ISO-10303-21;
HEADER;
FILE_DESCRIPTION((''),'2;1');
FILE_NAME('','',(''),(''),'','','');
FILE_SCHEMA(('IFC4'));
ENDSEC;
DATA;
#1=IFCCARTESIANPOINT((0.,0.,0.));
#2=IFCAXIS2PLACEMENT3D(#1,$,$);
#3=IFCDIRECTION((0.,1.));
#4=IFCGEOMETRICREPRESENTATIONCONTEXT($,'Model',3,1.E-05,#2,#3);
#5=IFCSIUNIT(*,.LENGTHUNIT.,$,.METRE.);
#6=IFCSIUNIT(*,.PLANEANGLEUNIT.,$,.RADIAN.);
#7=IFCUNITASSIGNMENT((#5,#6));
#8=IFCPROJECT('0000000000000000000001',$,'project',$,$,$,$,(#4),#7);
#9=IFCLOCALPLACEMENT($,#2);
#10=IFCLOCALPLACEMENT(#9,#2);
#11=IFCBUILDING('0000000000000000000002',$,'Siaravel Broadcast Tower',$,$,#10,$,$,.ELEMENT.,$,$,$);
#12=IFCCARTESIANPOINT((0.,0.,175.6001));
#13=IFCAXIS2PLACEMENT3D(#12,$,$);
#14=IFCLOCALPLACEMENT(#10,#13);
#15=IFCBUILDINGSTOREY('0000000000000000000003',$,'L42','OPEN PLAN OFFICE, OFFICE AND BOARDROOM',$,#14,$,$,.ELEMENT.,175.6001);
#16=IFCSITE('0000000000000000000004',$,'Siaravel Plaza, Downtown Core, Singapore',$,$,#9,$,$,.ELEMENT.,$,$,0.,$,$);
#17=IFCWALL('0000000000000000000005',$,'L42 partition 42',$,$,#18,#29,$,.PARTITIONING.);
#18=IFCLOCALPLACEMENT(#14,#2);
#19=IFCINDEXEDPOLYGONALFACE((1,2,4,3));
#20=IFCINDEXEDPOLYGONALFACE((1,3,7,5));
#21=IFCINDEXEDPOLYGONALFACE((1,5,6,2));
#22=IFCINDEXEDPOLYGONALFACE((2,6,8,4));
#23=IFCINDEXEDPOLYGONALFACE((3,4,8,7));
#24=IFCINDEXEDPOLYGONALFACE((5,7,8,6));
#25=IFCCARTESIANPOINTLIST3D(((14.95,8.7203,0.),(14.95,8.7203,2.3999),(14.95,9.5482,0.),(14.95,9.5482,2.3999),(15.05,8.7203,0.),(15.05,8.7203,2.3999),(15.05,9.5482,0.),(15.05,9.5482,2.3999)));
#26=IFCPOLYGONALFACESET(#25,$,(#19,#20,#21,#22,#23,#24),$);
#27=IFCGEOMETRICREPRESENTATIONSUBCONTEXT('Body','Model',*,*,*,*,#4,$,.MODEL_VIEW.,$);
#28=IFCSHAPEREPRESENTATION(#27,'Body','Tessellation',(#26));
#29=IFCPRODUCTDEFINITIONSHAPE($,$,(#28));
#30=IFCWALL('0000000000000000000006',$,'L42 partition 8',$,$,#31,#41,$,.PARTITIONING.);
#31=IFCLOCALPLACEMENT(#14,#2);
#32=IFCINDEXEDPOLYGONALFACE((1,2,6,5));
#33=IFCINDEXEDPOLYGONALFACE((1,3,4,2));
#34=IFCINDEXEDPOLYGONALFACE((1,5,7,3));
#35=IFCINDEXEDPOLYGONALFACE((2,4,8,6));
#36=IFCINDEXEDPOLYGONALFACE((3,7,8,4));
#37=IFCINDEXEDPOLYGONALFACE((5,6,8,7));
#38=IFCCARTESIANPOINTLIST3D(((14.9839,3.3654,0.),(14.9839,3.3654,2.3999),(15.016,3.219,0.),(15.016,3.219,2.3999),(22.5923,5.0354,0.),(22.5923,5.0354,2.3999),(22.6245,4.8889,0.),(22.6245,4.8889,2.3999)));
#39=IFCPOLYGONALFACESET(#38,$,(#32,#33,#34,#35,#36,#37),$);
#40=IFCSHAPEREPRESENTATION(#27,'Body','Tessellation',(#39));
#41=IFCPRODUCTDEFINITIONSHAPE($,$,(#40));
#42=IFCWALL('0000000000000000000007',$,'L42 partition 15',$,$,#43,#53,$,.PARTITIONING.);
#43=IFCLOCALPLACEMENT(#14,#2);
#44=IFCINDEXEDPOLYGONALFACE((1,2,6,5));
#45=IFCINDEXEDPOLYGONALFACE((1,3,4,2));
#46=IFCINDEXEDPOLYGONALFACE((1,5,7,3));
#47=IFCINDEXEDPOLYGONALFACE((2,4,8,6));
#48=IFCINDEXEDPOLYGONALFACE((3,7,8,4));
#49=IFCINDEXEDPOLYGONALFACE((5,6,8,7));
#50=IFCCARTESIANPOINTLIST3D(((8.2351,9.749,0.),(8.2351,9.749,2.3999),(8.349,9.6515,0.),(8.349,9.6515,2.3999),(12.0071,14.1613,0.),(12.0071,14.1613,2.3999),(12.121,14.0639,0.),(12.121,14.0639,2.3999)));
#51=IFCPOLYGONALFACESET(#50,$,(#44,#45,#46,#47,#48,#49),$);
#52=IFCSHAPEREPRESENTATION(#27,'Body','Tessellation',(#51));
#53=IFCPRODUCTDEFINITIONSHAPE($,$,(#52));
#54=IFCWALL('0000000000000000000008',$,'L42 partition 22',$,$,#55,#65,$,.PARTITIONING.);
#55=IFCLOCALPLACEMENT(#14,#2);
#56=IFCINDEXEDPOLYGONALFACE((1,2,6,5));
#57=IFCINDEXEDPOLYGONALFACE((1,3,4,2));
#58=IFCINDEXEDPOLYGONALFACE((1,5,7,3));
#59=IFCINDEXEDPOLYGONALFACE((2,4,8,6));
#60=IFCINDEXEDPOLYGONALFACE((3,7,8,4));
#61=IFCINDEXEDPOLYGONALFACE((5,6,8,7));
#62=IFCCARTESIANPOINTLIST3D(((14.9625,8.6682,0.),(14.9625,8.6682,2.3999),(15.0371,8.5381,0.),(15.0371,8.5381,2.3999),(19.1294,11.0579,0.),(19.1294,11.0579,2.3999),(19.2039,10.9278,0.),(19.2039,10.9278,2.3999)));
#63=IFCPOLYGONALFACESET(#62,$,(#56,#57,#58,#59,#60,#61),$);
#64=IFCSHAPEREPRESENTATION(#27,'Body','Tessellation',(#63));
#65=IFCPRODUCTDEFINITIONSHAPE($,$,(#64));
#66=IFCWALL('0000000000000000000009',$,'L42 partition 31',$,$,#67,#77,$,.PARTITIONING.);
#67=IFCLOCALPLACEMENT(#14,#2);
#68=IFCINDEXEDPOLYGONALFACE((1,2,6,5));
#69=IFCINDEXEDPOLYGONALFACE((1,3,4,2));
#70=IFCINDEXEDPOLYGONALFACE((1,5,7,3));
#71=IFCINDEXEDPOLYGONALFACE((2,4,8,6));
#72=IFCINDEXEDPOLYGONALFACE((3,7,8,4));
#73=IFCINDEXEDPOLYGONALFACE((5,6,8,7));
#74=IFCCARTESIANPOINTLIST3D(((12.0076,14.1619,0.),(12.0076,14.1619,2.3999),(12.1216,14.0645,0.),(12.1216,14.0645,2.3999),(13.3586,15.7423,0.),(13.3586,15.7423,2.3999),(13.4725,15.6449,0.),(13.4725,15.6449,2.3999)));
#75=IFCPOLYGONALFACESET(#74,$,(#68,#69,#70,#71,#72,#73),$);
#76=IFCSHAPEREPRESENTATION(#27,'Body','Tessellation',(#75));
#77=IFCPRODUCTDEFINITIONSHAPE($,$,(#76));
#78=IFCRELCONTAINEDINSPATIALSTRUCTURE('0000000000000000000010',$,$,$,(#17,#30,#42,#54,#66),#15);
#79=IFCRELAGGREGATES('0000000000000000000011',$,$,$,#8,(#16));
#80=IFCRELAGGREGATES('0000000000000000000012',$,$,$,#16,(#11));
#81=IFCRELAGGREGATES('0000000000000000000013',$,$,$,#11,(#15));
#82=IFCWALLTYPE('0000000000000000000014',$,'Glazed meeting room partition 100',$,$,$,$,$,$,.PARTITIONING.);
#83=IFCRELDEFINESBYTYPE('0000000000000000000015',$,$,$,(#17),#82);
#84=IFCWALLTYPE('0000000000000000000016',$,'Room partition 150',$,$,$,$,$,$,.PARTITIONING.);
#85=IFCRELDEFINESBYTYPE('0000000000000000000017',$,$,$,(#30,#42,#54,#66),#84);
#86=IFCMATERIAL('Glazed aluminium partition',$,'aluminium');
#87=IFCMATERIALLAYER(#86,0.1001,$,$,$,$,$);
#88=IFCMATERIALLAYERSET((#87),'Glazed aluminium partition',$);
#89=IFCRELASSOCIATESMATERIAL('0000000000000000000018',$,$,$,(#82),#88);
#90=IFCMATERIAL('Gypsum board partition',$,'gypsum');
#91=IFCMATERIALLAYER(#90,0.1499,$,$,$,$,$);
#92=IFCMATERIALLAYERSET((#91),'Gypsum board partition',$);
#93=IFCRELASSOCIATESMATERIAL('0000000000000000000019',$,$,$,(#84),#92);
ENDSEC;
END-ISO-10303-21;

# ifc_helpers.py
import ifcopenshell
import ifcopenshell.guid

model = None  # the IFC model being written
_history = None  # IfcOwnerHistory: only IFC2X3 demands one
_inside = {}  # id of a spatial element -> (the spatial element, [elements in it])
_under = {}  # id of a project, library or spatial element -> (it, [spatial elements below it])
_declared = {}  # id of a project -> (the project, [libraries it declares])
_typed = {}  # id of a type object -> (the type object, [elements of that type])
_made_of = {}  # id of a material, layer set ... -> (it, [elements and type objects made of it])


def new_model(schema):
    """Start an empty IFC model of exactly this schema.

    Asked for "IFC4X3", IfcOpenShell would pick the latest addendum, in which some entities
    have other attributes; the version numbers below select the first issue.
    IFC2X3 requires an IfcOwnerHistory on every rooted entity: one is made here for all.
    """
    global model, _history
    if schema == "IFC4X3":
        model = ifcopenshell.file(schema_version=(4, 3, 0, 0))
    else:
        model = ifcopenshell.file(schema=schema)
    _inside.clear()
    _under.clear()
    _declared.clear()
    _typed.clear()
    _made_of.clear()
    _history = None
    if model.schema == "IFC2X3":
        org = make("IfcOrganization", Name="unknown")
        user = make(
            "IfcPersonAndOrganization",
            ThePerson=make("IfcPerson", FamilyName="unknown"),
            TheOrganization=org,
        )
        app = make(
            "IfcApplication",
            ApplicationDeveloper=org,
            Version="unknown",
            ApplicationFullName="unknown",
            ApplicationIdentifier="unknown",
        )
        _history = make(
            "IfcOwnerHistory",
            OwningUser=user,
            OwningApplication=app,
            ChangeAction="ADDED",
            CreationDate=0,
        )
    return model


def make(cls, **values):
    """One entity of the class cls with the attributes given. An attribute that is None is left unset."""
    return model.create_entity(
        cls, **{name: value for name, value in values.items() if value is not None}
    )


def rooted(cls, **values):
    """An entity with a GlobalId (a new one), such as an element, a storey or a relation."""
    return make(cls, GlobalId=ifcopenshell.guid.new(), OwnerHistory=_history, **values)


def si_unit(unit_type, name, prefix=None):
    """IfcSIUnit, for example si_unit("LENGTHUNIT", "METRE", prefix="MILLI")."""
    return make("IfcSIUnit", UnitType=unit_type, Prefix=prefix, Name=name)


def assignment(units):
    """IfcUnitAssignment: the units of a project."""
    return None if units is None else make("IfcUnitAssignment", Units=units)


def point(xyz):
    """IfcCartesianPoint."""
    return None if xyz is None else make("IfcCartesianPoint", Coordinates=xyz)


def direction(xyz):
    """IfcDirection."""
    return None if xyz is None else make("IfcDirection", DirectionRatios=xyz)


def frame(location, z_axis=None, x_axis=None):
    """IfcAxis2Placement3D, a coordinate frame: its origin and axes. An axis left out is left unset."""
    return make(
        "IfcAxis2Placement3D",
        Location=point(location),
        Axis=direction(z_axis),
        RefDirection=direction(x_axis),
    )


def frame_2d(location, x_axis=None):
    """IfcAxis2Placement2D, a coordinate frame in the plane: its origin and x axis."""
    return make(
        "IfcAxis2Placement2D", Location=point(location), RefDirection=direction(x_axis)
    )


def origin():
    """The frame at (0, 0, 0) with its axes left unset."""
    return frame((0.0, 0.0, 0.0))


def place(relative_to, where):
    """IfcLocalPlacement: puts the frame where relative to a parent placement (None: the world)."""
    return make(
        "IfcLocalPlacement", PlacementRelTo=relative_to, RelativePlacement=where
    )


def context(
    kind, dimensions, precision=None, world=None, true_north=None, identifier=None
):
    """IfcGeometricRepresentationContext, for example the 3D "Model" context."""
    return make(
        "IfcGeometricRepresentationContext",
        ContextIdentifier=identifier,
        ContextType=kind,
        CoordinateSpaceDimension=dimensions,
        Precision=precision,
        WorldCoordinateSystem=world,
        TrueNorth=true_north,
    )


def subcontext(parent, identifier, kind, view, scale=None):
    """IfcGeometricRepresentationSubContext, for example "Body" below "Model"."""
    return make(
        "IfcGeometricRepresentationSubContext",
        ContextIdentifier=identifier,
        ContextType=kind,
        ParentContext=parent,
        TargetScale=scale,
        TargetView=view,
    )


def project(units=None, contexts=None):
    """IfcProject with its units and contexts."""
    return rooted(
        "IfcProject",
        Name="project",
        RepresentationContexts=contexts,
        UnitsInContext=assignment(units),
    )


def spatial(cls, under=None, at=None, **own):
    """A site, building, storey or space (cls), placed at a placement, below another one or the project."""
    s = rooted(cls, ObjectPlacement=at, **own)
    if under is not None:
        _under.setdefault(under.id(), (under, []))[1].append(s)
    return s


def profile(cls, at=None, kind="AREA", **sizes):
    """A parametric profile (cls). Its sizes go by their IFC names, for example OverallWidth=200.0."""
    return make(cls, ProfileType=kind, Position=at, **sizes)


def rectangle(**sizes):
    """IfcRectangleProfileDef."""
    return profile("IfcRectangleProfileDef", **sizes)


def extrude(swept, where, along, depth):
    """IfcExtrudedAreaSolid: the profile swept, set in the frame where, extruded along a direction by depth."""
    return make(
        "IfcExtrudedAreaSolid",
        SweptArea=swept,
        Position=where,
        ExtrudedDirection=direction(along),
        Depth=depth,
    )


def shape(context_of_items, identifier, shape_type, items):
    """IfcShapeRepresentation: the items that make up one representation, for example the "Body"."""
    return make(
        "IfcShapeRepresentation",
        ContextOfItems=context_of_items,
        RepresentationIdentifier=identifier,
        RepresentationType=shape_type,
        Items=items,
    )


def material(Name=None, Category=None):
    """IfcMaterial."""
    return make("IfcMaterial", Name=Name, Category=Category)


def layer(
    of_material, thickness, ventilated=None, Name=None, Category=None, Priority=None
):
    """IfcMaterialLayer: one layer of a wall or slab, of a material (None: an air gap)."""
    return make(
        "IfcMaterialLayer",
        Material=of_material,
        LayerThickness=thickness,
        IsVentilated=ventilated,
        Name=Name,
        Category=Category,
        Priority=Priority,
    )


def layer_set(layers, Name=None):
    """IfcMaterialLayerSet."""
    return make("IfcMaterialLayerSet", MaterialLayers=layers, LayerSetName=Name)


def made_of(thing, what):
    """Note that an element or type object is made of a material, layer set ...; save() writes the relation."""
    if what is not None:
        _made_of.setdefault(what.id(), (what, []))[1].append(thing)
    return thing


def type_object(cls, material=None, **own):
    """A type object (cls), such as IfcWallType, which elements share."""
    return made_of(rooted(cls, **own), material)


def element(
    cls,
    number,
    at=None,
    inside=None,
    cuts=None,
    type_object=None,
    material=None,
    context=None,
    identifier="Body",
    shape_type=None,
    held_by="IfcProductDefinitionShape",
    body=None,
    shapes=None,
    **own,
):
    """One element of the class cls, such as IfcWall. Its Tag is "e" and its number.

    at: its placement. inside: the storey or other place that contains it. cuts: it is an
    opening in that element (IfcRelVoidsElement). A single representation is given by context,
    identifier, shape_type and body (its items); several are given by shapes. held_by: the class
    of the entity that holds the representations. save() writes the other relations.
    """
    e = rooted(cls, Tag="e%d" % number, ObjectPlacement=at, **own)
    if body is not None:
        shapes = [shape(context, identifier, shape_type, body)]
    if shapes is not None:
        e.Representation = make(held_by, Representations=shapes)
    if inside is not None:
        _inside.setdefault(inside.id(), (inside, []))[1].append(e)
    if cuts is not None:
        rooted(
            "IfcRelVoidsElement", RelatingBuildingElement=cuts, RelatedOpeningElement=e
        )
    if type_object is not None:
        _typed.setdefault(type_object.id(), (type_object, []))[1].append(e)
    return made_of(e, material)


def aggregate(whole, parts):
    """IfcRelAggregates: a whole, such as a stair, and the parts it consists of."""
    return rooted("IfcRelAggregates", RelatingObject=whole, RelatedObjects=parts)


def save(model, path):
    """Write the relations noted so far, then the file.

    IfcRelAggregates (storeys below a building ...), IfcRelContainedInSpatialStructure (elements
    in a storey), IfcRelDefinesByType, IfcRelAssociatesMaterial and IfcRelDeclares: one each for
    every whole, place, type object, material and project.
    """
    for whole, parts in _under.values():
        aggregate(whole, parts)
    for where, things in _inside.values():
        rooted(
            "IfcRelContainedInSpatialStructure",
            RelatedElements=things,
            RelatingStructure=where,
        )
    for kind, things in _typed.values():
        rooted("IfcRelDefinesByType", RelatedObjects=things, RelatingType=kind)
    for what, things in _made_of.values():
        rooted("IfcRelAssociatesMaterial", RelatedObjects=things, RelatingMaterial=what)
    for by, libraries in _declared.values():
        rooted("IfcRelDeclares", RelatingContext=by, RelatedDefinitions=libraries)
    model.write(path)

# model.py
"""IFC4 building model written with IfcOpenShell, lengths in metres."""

from ifc_helpers import new_model, si_unit, direction, frame, frame_2d, origin, place, context, subcontext, project, spatial, rectangle, extrude, material, layer, layer_set, type_object, element, save


model = new_model("IFC4")

# Units and contexts
model_context = context("Model", 3, precision=1e-05, world=origin(), true_north=direction((0.0, 1.0)))
body_context = subcontext(model_context, "Body", "Model", "MODEL_VIEW")
ifc_project = project(units=[si_unit("LENGTHUNIT", "METRE"), si_unit("PLANEANGLEUNIT", "RADIAN")], contexts=[model_context])

# Site, building, storey
site_placement = place(None, origin())
site = spatial("IfcSite", under=ifc_project, at=site_placement, Name="Siaravel Plaza, Downtown Core, Singapore", CompositionType="ELEMENT", RefElevation=0.0)
building_placement = place(site_placement, origin())
building = spatial("IfcBuilding", under=site, at=building_placement, Name="Siaravel Broadcast Tower", CompositionType="ELEMENT")
storey_placement = place(building_placement, frame((0.0, 0.0, 175.6001)))
storey = spatial("IfcBuildingStorey", under=building, at=storey_placement, Name="L42", Description="OPEN PLAN OFFICE, OFFICE AND BOARDROOM", CompositionType="ELEMENT", Elevation=175.6001)

# Shared definitions
ifc_material_1 = material(Name="Gypsum board partition", Category="gypsum")

# Shared definitions
ifc_material_2 = material(Name="Glazed aluminium partition", Category="aluminium")
ifc_layer_1 = layer(ifc_material_2, 0.1001)
ifc_layer_set_1 = layer_set([ifc_layer_1], Name="Glazed aluminium partition")
wall_type_1 = type_object("IfcWallType", Name="Glazed meeting room partition 100", PredefinedType="PARTITIONING", material=ifc_layer_set_1)

# Walls
wall_1_placement = place(storey_placement, frame((15.0, 8.7202, 0.0), z_axis=(0.0, 0.0, 1.0), x_axis=(0.0, 1.0, 0.0)))
element("IfcWall", 1, at=wall_1_placement, inside=storey, type_object=wall_type_1, Name="L42 partition 42", PredefinedType="PARTITIONING", context=body_context, shape_type="SweptSolid", body=[
    extrude(rectangle(XDim=0.8279, YDim=0.1001, at=frame_2d((0.4141, 0.0))), origin(), (0.0, 0.0, 1.0), 2.3999),
])
ifc_layer_2 = layer(ifc_material_1, 0.1499)
ifc_layer_set_2 = layer_set([ifc_layer_2], Name="Gypsum board partition")
wall_type_2 = type_object("IfcWallType", Name="Room partition 150", PredefinedType="PARTITIONING", material=ifc_layer_set_2)
wall_2_placement = place(storey_placement, frame((22.6084, 4.9622, 0.0), z_axis=(0.0, 0.0, 1.0), x_axis=(-0.97675, -0.214381, 0.0)))
element("IfcWall", 2, at=wall_2_placement, inside=storey, type_object=wall_type_2, Name="L42 partition 8", PredefinedType="PARTITIONING", context=body_context, shape_type="SweptSolid", body=[
    extrude(rectangle(XDim=7.7896, YDim=0.1499, at=frame_2d((3.8948, 0.0))), origin(), (0.0, 0.0, 1.0), 2.3999),
])
wall_3_placement = place(storey_placement, frame((12.064, 14.1125, 0.0), z_axis=(0.0, 0.0, 1.0), x_axis=(-0.649793, -0.760111, 0.0)))
element("IfcWall", 3, at=wall_3_placement, inside=storey, type_object=wall_type_2, Name="L42 partition 15", PredefinedType="PARTITIONING", context=body_context, shape_type="SweptSolid", body=[
    extrude(rectangle(XDim=5.8049, YDim=0.1499, at=frame_2d((2.9023, 0.0))), origin(), (0.0, 0.0, 1.0), 2.3999),
])
wall_4_placement = place(storey_placement, frame((19.1667, 10.9929, 0.0), z_axis=(0.0, 0.0, 1.0), x_axis=(-0.867466, -0.497496, 0.0)))
element("IfcWall", 4, at=wall_4_placement, inside=storey, type_object=wall_type_2, Name="L42 partition 22", PredefinedType="PARTITIONING", context=body_context, shape_type="SweptSolid", body=[
    extrude(rectangle(XDim=4.8035, YDim=0.1499, at=frame_2d((2.4019, 0.0))), origin(), (0.0, 0.0, 1.0), 2.3999),
])
wall_5_placement = place(storey_placement, frame((13.4155, 15.6936, 0.0), z_axis=(0.0, 0.0, 1.0), x_axis=(-0.649756, -0.760143, 0.0)))
element("IfcWall", 5, at=wall_5_placement, inside=storey, type_object=wall_type_2, Name="L42 partition 31", PredefinedType="PARTITIONING", context=body_context, shape_type="SweptSolid", body=[
    extrude(rectangle(XDim=2.0791, YDim=0.1499, at=frame_2d((1.0396, 0.0))), origin(), (0.0, 0.0, 1.0), 2.3999),
])

save(model, "model.ifc")
